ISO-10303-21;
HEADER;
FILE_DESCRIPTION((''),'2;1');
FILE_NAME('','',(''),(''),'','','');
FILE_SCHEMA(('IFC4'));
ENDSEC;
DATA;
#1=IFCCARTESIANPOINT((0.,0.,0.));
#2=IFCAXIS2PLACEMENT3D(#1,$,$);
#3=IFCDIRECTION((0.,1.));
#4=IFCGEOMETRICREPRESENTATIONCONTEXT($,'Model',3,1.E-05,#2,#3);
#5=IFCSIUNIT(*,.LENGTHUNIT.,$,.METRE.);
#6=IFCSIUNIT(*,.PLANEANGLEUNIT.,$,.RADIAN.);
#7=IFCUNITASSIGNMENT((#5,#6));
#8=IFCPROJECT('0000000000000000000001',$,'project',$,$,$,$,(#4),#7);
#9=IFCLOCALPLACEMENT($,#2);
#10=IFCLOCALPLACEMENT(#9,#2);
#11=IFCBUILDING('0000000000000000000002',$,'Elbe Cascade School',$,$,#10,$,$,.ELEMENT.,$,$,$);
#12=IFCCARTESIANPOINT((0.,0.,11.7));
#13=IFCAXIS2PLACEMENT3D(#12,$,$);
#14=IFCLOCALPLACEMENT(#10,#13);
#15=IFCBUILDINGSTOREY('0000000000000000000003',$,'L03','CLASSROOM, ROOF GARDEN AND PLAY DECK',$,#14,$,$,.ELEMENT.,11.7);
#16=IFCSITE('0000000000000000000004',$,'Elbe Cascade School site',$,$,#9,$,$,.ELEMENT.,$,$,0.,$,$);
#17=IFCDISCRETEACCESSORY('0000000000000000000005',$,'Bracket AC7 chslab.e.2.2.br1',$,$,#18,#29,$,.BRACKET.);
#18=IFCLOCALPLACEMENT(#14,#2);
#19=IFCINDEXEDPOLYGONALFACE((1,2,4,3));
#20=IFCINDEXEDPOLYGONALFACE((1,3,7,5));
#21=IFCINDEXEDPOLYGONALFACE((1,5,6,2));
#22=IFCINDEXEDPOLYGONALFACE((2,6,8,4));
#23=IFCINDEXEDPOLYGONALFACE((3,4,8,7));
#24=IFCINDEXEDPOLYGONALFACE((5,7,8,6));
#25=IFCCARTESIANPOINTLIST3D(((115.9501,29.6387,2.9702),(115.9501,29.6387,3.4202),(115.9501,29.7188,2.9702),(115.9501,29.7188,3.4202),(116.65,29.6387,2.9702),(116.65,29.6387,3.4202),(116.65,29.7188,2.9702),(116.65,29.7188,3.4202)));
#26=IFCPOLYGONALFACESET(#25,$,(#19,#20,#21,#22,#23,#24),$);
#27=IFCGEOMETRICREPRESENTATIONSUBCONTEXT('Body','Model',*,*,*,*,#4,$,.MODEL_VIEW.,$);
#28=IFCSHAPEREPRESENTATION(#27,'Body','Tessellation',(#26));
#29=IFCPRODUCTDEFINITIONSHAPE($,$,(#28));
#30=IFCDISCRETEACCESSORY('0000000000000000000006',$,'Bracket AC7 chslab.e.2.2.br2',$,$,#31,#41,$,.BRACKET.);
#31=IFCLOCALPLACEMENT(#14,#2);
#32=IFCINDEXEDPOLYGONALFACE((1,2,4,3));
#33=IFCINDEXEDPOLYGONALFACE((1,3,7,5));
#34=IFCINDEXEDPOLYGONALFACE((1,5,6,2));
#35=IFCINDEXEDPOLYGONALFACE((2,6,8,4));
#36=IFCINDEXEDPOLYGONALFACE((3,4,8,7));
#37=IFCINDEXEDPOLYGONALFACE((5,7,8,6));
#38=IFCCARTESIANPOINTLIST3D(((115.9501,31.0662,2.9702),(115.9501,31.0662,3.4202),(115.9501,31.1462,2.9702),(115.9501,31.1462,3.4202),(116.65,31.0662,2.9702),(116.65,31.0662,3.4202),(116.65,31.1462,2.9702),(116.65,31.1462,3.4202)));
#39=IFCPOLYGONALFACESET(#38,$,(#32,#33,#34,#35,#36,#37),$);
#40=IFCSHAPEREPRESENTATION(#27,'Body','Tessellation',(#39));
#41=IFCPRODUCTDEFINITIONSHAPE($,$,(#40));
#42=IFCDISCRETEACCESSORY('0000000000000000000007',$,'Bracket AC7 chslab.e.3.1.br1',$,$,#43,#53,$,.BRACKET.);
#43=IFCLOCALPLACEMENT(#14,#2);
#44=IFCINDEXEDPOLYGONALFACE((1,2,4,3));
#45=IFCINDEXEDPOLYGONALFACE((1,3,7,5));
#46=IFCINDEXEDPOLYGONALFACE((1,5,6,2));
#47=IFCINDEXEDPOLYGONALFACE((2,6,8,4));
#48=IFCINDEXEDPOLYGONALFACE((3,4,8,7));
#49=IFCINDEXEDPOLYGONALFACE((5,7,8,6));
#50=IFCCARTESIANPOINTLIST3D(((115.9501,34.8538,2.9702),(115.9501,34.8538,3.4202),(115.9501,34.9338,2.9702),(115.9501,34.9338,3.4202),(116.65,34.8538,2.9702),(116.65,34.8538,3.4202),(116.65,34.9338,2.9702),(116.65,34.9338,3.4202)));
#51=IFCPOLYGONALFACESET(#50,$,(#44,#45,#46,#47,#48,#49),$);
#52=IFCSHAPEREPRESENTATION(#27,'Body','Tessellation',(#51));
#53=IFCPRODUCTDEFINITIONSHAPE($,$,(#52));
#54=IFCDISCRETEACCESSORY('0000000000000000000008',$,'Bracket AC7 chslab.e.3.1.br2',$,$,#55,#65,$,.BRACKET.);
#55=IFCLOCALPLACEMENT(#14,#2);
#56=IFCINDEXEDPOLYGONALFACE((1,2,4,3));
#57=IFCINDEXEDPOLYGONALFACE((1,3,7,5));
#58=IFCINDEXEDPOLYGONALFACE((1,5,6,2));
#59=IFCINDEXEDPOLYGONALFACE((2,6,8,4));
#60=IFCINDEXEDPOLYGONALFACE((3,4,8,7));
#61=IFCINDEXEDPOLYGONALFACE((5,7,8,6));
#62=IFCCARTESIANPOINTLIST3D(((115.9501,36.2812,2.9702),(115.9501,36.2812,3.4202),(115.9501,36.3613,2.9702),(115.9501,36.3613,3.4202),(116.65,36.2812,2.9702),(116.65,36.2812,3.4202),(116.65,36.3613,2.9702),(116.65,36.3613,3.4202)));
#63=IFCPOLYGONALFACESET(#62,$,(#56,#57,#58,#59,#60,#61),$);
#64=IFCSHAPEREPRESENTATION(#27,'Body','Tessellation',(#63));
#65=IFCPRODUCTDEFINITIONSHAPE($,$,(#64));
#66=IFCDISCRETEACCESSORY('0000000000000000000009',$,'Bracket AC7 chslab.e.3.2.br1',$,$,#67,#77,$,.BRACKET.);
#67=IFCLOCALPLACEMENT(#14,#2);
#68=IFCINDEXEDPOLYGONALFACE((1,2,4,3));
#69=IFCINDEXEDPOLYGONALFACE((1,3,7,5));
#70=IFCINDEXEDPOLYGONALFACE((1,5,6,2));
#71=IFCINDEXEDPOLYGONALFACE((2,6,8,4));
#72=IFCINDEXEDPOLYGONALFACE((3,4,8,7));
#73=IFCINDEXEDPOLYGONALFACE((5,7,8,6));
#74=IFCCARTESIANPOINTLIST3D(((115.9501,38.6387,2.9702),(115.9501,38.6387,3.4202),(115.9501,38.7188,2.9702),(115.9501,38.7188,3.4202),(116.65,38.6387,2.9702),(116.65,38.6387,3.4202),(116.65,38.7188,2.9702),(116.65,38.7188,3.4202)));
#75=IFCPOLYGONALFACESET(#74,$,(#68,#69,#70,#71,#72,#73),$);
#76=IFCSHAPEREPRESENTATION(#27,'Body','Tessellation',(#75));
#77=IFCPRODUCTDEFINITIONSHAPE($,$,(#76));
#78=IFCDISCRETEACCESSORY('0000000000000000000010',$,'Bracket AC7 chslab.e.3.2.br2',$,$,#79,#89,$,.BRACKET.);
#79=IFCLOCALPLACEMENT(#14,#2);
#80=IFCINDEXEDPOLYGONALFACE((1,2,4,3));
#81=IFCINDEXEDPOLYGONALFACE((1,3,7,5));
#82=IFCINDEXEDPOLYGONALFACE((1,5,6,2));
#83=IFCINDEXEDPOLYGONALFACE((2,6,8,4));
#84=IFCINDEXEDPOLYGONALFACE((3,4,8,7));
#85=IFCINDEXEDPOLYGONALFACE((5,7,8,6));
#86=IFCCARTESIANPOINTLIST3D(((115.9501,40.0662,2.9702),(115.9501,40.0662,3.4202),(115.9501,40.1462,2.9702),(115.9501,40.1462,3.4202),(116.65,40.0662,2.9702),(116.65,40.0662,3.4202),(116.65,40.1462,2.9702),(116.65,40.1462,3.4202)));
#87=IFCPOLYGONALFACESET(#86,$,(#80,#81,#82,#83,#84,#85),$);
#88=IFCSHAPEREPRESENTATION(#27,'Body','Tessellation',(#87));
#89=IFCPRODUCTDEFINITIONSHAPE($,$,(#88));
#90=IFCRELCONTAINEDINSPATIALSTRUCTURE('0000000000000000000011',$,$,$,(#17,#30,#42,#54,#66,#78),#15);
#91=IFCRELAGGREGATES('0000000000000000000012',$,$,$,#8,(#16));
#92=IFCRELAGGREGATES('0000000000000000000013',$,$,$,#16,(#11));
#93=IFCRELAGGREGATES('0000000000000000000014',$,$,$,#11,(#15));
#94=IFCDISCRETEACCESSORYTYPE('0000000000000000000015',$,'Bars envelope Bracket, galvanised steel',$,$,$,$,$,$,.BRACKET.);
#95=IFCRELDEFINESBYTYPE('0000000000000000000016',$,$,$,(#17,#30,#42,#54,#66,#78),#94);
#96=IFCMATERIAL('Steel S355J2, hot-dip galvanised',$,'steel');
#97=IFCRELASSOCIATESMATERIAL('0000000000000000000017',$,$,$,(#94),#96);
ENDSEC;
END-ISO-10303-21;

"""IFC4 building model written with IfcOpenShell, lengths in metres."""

from ifc_helpers import new_model, si_unit, direction, frame, origin, origin_2d, place, context, subcontext, project, spatial, rectangle, extrude, material, type_object, element, save


model = new_model("IFC4")

# Units and contexts
model_context = context("Model", 3, precision=1e-05, world=origin(), true_north=direction((0.0, 1.0)))
body_context = subcontext(model_context, "Body", "Model", "MODEL_VIEW")
ifc_project = project(units=[si_unit("LENGTHUNIT", "METRE"), si_unit("PLANEANGLEUNIT", "RADIAN")], contexts=[model_context])

# Site, building, storey
site_placement = place(None, origin())
site = spatial("IfcSite", under=ifc_project, at=site_placement, Name="Elbe Cascade School site", CompositionType="ELEMENT", RefElevation=0.0)
building_placement = place(site_placement, origin())
building = spatial("IfcBuilding", under=site, at=building_placement, Name="Elbe Cascade School", CompositionType="ELEMENT")
storey_placement = place(building_placement, frame((0.0, 0.0, 11.7)))
storey = spatial("IfcBuildingStorey", under=building, at=storey_placement, Name="L03", Description="CLASSROOM, ROOF GARDEN AND PLAY DECK", CompositionType="ELEMENT", Elevation=11.7)

# Discrete accessories
ifc_material_1 = material(Name="Steel S355J2, hot-dip galvanised", Category="steel")
discrete_accessory_type = type_object("IfcDiscreteAccessoryType", Name="Bars envelope Bracket, galvanised steel", PredefinedType="BRACKET", material=ifc_material_1)
for number, where, z_axis, x_axis, name in (
    (1, (116.3, 29.6787, 2.9702), (0.0, 0.0, 1.0), (0.0, 1.0, 0.0), "Bracket AC7 chslab.e.2.2.br1"),
    (2, (116.3, 31.1062, 2.9702), (0.0, 0.0, 1.0), (0.0, 1.0, 0.0), "Bracket AC7 chslab.e.2.2.br2"),
    (3, (116.3, 34.8938, 2.9702), (0.0, 0.0, 1.0), (0.0, 1.0, 0.0), "Bracket AC7 chslab.e.3.1.br1"),
    (4, (116.3, 36.3213, 2.9702), (0.0, 0.0, 1.0), (0.0, 1.0, 0.0), "Bracket AC7 chslab.e.3.1.br2"),
    (5, (116.3, 38.6787, 2.9702), (0.0, 0.0, 1.0), (0.0, 1.0, 0.0), "Bracket AC7 chslab.e.3.2.br1"),
    (6, (116.3, 40.1062, 2.9702), (0.0, 0.0, 1.0), (0.0, 1.0, 0.0), "Bracket AC7 chslab.e.3.2.br2"),
):
    element("IfcDiscreteAccessory", number, at=place(storey_placement, frame(where, z_axis=z_axis, x_axis=x_axis)), inside=storey, type_object=discrete_accessory_type, Name=name, PredefinedType="BRACKET", context=body_context, shape_type="SweptSolid", body=[
        extrude(rectangle(XDim=0.0801, YDim=0.7, at=origin_2d()), origin(), (0.0, 0.0, 1.0), 0.45),
    ])

save(model, "model.ifc")
